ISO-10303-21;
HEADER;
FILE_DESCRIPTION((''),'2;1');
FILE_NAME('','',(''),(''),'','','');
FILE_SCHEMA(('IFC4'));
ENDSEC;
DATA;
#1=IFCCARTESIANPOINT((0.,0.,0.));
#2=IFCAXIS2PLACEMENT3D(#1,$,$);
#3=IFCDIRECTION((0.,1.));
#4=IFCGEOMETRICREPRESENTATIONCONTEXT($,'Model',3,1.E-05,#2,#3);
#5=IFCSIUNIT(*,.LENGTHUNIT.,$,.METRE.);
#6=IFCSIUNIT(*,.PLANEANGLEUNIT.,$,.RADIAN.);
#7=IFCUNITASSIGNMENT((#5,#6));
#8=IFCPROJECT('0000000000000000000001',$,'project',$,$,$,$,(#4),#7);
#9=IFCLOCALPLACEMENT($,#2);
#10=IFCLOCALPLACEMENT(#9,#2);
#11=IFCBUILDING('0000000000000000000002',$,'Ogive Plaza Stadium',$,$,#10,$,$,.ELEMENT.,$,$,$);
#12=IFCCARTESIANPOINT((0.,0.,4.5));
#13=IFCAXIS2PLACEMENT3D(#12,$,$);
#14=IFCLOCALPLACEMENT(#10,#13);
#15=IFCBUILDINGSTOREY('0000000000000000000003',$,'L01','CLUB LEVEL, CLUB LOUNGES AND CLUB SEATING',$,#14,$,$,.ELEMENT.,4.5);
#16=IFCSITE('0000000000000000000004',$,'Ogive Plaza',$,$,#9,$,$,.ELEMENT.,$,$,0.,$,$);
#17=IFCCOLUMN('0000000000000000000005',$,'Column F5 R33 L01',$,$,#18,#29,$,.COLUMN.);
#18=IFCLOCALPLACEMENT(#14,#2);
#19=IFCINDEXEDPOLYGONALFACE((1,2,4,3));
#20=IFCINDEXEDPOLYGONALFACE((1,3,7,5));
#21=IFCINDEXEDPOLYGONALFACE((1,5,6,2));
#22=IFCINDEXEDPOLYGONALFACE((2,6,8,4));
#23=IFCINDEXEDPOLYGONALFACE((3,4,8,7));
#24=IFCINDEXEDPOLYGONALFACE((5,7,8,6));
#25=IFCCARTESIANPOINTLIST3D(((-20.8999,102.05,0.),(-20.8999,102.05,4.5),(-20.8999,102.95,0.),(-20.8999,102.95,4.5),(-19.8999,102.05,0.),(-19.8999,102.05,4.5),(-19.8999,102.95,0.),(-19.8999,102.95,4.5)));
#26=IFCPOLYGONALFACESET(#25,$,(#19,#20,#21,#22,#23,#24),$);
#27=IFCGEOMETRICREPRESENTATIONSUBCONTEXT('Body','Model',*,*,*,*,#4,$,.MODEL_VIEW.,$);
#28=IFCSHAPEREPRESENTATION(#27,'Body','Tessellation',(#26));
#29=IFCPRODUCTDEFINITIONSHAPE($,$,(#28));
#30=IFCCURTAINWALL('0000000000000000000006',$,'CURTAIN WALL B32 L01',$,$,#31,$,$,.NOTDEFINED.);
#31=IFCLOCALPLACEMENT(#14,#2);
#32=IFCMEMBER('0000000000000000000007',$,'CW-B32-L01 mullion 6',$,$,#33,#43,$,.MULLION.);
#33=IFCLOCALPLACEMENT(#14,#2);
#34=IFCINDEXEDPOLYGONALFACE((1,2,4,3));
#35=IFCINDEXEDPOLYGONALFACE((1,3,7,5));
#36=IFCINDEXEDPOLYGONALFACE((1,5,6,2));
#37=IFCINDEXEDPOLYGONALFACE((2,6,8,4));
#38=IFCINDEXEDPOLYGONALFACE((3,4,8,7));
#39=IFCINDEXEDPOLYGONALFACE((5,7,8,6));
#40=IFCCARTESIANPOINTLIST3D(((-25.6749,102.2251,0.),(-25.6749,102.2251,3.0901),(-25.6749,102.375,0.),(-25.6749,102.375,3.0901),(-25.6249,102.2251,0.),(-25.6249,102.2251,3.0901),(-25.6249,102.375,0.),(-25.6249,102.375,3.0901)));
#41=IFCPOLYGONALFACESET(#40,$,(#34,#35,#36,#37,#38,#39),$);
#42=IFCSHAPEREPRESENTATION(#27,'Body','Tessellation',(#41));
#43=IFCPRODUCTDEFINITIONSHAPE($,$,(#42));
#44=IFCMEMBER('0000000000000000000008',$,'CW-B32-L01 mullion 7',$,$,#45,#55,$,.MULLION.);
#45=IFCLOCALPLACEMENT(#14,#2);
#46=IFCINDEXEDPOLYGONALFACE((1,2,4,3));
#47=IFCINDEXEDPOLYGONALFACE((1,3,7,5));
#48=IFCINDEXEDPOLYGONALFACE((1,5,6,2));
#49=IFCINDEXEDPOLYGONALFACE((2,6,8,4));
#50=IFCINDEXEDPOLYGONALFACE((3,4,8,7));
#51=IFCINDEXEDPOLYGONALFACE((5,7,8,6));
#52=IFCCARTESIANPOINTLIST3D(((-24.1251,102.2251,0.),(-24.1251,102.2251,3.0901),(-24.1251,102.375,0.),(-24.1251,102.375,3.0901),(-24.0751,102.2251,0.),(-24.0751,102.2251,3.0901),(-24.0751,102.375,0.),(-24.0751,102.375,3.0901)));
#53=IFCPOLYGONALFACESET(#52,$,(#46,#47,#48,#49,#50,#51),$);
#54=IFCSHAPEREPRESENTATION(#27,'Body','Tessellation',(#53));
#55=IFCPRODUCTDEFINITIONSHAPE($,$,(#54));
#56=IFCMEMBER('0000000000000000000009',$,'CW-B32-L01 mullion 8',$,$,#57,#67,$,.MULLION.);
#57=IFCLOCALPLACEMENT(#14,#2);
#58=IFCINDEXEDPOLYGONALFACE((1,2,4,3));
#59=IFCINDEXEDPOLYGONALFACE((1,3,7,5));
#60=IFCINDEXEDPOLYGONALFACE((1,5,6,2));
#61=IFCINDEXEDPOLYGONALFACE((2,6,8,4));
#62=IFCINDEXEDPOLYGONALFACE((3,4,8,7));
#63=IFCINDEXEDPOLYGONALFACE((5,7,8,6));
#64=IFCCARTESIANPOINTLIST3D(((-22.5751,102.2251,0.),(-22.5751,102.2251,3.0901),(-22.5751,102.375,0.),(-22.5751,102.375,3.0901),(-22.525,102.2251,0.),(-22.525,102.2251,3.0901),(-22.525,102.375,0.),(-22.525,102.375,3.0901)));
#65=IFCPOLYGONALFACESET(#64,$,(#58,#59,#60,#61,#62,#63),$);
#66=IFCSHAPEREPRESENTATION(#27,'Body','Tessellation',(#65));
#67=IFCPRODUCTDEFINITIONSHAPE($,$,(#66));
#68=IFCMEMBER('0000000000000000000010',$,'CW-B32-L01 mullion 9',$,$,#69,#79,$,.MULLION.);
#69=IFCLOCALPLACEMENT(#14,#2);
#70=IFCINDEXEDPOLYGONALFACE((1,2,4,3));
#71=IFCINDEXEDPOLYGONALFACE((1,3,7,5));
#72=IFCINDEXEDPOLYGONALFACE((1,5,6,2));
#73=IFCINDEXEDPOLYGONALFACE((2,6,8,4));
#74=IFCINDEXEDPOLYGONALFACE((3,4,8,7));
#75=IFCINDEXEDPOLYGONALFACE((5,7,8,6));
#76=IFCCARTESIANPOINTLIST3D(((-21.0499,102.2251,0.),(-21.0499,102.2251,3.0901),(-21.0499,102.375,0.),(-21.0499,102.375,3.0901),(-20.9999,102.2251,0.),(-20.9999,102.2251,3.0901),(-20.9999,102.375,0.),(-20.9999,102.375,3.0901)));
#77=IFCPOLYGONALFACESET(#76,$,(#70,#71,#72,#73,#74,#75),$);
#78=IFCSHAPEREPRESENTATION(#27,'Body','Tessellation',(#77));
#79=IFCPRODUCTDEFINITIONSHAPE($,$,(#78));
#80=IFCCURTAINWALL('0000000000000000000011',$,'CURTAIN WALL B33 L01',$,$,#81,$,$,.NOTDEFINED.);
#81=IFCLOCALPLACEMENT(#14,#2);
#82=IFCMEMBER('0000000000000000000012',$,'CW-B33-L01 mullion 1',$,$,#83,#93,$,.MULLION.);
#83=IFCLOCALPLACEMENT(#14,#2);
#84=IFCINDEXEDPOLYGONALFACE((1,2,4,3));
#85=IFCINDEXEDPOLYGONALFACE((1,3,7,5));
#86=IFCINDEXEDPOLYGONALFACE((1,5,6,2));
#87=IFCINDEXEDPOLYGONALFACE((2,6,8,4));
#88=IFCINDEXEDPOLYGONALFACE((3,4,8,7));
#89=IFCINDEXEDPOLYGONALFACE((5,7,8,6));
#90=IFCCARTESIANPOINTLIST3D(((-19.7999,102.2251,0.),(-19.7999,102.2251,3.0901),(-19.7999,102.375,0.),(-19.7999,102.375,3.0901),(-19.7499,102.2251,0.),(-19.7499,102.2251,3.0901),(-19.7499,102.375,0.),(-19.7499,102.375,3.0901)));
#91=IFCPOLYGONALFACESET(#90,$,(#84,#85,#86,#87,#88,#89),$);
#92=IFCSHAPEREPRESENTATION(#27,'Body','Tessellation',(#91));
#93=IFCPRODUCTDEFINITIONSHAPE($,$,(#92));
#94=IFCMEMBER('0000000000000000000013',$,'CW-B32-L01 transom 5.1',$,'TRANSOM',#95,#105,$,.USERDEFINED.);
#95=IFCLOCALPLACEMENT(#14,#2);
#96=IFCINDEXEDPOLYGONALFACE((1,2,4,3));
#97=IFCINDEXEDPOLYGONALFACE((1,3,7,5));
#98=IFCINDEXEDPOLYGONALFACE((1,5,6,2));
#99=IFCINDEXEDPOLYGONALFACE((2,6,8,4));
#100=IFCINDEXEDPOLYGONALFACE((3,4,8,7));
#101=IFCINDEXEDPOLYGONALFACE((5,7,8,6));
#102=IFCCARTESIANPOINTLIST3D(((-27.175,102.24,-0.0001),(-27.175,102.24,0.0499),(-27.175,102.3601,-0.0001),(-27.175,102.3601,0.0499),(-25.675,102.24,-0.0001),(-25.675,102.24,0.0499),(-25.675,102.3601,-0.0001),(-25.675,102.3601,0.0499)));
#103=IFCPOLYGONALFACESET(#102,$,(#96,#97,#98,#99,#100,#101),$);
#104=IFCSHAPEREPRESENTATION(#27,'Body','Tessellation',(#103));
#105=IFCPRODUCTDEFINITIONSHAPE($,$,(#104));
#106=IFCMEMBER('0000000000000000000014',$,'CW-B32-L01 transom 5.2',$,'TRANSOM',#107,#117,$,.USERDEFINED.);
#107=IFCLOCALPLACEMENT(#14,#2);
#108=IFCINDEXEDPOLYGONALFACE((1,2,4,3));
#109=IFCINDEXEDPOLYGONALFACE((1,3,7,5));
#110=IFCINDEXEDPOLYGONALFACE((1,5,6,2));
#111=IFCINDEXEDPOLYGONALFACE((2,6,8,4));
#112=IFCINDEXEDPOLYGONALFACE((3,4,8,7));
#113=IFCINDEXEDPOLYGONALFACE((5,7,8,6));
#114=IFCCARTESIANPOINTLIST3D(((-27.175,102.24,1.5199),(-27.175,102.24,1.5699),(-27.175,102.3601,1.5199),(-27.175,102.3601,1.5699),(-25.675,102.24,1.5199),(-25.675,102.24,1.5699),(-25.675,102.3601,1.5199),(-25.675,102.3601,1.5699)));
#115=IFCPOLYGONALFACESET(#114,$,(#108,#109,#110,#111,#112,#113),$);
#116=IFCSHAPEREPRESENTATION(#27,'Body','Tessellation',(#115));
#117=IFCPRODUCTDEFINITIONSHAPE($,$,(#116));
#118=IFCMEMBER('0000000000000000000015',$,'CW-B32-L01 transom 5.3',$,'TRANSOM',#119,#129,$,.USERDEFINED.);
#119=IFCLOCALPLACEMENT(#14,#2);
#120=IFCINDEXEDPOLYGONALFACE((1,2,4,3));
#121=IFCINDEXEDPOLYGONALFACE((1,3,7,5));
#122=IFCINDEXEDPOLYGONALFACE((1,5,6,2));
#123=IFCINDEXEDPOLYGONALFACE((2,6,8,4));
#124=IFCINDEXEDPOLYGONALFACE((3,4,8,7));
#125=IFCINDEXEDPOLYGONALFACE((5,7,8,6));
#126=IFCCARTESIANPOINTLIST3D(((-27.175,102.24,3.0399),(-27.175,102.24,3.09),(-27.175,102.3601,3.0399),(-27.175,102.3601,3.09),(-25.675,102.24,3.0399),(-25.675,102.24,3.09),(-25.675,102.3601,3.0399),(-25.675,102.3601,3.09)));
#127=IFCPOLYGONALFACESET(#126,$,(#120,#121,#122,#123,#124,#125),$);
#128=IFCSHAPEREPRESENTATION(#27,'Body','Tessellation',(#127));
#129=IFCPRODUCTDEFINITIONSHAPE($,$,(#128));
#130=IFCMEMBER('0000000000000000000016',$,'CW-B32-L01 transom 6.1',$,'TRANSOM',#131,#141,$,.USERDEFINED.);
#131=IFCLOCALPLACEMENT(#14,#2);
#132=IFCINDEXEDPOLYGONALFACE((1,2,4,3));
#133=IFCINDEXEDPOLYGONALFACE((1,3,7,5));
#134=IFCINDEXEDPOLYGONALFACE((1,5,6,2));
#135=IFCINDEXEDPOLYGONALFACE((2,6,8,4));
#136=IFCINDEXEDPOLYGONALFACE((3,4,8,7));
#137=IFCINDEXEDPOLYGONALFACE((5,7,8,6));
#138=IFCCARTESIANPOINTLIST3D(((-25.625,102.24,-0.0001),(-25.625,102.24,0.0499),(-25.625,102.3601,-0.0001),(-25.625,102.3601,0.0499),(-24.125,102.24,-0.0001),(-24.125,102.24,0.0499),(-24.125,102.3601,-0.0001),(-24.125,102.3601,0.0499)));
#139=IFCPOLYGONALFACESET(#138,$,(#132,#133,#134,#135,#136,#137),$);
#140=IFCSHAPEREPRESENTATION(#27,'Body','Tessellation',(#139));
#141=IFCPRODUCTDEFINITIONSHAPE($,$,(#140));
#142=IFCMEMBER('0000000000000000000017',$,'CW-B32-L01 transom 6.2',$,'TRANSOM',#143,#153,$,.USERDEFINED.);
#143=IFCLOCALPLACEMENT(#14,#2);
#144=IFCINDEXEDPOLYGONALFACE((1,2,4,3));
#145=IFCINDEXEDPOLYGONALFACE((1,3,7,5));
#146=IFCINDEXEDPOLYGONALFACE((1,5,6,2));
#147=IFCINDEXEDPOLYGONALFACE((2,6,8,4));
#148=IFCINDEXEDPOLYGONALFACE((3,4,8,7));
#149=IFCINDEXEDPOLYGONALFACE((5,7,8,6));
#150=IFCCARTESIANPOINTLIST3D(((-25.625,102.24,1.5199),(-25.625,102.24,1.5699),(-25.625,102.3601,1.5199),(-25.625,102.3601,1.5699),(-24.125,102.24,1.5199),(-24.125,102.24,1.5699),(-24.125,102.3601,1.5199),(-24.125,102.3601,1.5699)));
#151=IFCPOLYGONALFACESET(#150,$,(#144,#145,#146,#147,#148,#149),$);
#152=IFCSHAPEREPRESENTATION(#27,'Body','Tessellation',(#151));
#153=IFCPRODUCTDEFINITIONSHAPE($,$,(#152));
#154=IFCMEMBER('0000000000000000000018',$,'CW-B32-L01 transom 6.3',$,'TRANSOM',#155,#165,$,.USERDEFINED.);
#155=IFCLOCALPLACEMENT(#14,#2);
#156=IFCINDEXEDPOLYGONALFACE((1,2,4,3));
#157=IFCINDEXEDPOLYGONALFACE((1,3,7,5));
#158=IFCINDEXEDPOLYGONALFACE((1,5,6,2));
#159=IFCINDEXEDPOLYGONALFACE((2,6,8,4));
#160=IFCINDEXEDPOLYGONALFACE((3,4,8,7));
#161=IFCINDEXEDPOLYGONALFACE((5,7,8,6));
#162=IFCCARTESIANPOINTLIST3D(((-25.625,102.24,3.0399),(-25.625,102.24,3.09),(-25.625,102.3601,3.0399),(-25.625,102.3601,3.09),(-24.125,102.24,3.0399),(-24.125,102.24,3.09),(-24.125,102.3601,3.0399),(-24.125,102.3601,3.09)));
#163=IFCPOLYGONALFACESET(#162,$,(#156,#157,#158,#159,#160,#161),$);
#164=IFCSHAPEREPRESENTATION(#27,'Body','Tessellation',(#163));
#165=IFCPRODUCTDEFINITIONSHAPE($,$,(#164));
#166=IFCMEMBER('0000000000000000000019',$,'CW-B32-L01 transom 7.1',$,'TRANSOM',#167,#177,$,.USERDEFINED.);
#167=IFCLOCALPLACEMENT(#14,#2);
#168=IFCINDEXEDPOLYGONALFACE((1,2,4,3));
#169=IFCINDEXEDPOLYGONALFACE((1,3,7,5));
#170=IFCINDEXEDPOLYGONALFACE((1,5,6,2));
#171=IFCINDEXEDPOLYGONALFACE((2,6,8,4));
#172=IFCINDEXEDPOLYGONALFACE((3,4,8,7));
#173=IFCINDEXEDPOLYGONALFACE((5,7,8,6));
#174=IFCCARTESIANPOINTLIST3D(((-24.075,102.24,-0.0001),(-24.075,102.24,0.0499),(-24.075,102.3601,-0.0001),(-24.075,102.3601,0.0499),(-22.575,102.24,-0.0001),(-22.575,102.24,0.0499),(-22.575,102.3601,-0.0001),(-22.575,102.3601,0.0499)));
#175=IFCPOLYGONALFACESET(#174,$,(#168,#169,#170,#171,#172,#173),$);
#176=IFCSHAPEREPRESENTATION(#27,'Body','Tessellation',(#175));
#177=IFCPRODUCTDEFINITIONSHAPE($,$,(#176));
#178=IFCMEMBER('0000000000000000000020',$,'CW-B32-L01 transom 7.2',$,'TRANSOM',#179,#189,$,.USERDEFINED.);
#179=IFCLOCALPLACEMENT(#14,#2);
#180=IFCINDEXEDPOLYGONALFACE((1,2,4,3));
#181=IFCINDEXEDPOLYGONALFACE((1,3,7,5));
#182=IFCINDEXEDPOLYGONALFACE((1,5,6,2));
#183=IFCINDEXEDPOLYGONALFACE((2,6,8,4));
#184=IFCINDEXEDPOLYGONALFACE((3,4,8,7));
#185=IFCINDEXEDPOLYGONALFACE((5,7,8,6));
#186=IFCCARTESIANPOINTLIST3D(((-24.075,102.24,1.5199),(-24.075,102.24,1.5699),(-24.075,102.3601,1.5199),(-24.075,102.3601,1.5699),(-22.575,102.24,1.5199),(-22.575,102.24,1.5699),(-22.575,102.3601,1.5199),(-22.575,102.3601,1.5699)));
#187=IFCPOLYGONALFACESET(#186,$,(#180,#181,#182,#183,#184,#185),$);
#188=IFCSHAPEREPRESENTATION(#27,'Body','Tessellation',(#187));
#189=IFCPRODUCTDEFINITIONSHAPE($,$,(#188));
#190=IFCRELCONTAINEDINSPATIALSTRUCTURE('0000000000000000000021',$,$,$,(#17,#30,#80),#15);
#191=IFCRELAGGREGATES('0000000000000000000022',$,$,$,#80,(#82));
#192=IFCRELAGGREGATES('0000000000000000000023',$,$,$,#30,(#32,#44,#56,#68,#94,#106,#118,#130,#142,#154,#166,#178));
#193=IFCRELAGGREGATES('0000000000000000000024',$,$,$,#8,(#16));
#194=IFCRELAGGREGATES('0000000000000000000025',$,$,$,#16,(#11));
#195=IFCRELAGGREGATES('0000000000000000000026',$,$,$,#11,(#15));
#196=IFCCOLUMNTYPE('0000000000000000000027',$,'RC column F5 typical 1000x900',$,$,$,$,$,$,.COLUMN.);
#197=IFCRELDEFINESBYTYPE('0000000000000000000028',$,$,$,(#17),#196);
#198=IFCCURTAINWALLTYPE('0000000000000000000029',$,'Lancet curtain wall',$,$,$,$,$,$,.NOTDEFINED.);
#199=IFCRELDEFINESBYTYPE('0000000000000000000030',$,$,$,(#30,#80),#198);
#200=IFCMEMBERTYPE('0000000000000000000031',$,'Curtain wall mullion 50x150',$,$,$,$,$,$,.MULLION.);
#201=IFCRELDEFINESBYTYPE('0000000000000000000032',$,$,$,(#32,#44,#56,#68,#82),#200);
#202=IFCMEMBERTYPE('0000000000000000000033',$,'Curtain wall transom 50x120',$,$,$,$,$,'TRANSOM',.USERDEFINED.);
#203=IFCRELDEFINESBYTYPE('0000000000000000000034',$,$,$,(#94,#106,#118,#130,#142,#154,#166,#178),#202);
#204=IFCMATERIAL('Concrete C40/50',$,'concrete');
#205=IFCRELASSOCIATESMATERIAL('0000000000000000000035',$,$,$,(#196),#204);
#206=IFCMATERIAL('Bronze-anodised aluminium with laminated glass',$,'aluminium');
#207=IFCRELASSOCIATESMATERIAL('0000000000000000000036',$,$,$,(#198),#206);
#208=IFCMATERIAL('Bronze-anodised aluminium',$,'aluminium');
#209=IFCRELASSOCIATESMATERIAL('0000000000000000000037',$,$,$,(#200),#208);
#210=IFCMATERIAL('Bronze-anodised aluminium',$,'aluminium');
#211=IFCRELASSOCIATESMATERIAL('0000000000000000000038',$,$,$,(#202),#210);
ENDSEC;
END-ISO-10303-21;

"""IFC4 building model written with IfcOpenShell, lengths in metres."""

from ifc_helpers import new_model, si_unit, direction, frame, origin, origin_2d, place, context, subcontext, project, spatial, rectangle, extrude, material, material_profile, profile_set, type_object, element, aggregate, save


model = new_model("IFC4")

# Units and contexts
model_context = context("Model", 3, precision=1e-05, world=origin(), true_north=direction((0.0, 1.0)))
body_context = subcontext(model_context, "Body", "Model", "MODEL_VIEW")
ifc_project = project(units=[si_unit("LENGTHUNIT", "METRE"), si_unit("PLANEANGLEUNIT", "RADIAN")], contexts=[model_context])

# Site, building, storey
site_placement = place(None, origin())
site = spatial("IfcSite", under=ifc_project, at=site_placement, Name="Ogive Plaza", CompositionType="ELEMENT", RefElevation=0.0)
building_placement = place(site_placement, origin())
building = spatial("IfcBuilding", under=site, at=building_placement, Name="Ogive Plaza Stadium", CompositionType="ELEMENT")
storey_placement = place(building_placement, frame((0.0, 0.0, 4.5)))
storey = spatial("IfcBuildingStorey", under=building, at=storey_placement, Name="L01", Description="CLUB LEVEL, CLUB LOUNGES AND CLUB SEATING", CompositionType="ELEMENT", Elevation=4.5)

# Column
ifc_material_1 = material(Name="Concrete C40/50", Category="concrete")
ifc_material_profile_1 = material_profile(ifc_material_1, rectangle(XDim=1.0, YDim=0.8999, at=origin_2d()), Name="RC 1000x900")
ifc_profile_set_1 = profile_set([ifc_material_profile_1], Name="Concrete C40/50")
column_type = type_object("IfcColumnType", Name="RC column F5 typical 1000x900", PredefinedType="COLUMN", material=ifc_profile_set_1)
column_placement = place(storey_placement, frame((-20.3999, 102.5, 0.0), z_axis=(0.0, 0.0, 1.0), x_axis=(-1.0, 0.0, 0.0)))
element("IfcColumn", 1, at=column_placement, inside=storey, type_object=column_type, Name="Column F5 R33 L01", PredefinedType="COLUMN", context=body_context, shape_type="SweptSolid", body=[
    extrude(rectangle(XDim=1.0, YDim=0.8999, at=origin_2d()), origin(), (0.0, 0.0, 1.0), 4.5),
])

# Curtain wall, members
ifc_material_2 = material(Name="Bronze-anodised aluminium with laminated glass", Category="aluminium")
curtain_wall_type = type_object("IfcCurtainWallType", Name="Lancet curtain wall", PredefinedType="NOTDEFINED", material=ifc_material_2)
curtain_wall_1_placement = place(storey_placement, origin())
curtain_wall_1 = element("IfcCurtainWall", 2, at=curtain_wall_1_placement, inside=storey, type_object=curtain_wall_type, Name="CURTAIN WALL B32 L01", PredefinedType="NOTDEFINED")
ifc_material_3 = material(Name="Bronze-anodised aluminium", Category="aluminium")
ifc_material_profile_2 = material_profile(ifc_material_3, rectangle(XDim=0.1499, YDim=0.05, at=origin_2d()), Name="AL 150x50")
ifc_profile_set_2 = profile_set([ifc_material_profile_2], Name="Bronze-anodised aluminium")
member_type_1 = type_object("IfcMemberType", Name="Curtain wall mullion 50x150", PredefinedType="MULLION", material=ifc_profile_set_2)
member_1_placement = place(storey_placement, frame((-25.6499, 102.3, 0.0), z_axis=(0.0, 0.0, 1.0), x_axis=(0.0, 1.0, 0.0)))
member_1 = element("IfcMember", 3, at=member_1_placement, type_object=member_type_1, Name="CW-B32-L01 mullion 6", PredefinedType="MULLION", context=body_context, shape_type="SweptSolid", body=[
    extrude(rectangle(XDim=0.1499, YDim=0.05, at=origin_2d()), origin(), (0.0, 0.0, 1.0), 3.0901),
])
member_2_placement = place(storey_placement, frame((-24.1001, 102.3, 0.0), z_axis=(0.0, 0.0, 1.0), x_axis=(0.0, 1.0, 0.0)))
member_2 = element("IfcMember", 4, at=member_2_placement, type_object=member_type_1, Name="CW-B32-L01 mullion 7", PredefinedType="MULLION", context=body_context, shape_type="SweptSolid", body=[
    extrude(rectangle(XDim=0.1499, YDim=0.05, at=origin_2d()), origin(), (0.0, 0.0, 1.0), 3.0901),
])
member_3_placement = place(storey_placement, frame((-22.55, 102.3, 0.0), z_axis=(0.0, 0.0, 1.0), x_axis=(0.0, 1.0, 0.0)))
member_3 = element("IfcMember", 5, at=member_3_placement, type_object=member_type_1, Name="CW-B32-L01 mullion 8", PredefinedType="MULLION", context=body_context, shape_type="SweptSolid", body=[
    extrude(rectangle(XDim=0.1499, YDim=0.05, at=origin_2d()), origin(), (0.0, 0.0, 1.0), 3.0901),
])
member_4_placement = place(storey_placement, frame((-21.0249, 102.3, 0.0), z_axis=(0.0, 0.0, 1.0), x_axis=(0.0, 1.0, 0.0)))
member_4 = element("IfcMember", 6, at=member_4_placement, type_object=member_type_1, Name="CW-B32-L01 mullion 9", PredefinedType="MULLION", context=body_context, shape_type="SweptSolid", body=[
    extrude(rectangle(XDim=0.1499, YDim=0.05, at=origin_2d()), origin(), (0.0, 0.0, 1.0), 3.0901),
])

# Curtain wall, member
curtain_wall_2_placement = place(storey_placement, origin())
curtain_wall_2 = element("IfcCurtainWall", 7, at=curtain_wall_2_placement, inside=storey, type_object=curtain_wall_type, Name="CURTAIN WALL B33 L01", PredefinedType="NOTDEFINED")
member_5_placement = place(storey_placement, frame((-19.7749, 102.3, 0.0), z_axis=(0.0, 0.0, 1.0), x_axis=(0.0, 1.0, 0.0)))
member_5 = element("IfcMember", 8, at=member_5_placement, type_object=member_type_1, Name="CW-B33-L01 mullion 1", PredefinedType="MULLION", context=body_context, shape_type="SweptSolid", body=[
    extrude(rectangle(XDim=0.1499, YDim=0.05, at=origin_2d()), origin(), (0.0, 0.0, 1.0), 3.0901),
])

# Members
ifc_material_4 = material(Name="Bronze-anodised aluminium", Category="aluminium")
ifc_material_profile_3 = material_profile(ifc_material_4, rectangle(XDim=0.1201, YDim=0.05, at=origin_2d()), Name="AL 120x50")
ifc_profile_set_3 = profile_set([ifc_material_profile_3], Name="Bronze-anodised aluminium")
member_type_2 = type_object("IfcMemberType", Name="Curtain wall transom 50x120", ElementType="TRANSOM", PredefinedType="USERDEFINED", material=ifc_profile_set_3)
member_6_placement = place(storey_placement, frame((-27.175, 102.3, 0.0249), z_axis=(1.0, 0.0, 0.0), x_axis=(0.0, 1.0, 0.0)))
member_6 = element("IfcMember", 9, at=member_6_placement, type_object=member_type_2, Name="CW-B32-L01 transom 5.1", ObjectType="TRANSOM", PredefinedType="USERDEFINED", context=body_context, shape_type="SweptSolid", body=[
    extrude(rectangle(XDim=0.1201, YDim=0.05, at=origin_2d()), origin(), (0.0, 0.0, 1.0), 1.5),
])
member_7_placement = place(storey_placement, frame((-27.175, 102.3, 1.5449), z_axis=(1.0, 0.0, 0.0), x_axis=(0.0, 1.0, 0.0)))
member_7 = element("IfcMember", 10, at=member_7_placement, type_object=member_type_2, Name="CW-B32-L01 transom 5.2", ObjectType="TRANSOM", PredefinedType="USERDEFINED", context=body_context, shape_type="SweptSolid", body=[
    extrude(rectangle(XDim=0.1201, YDim=0.05, at=origin_2d()), origin(), (0.0, 0.0, 1.0), 1.5),
])
member_8_placement = place(storey_placement, frame((-27.175, 102.3, 3.0649), z_axis=(1.0, 0.0, 0.0), x_axis=(0.0, 1.0, 0.0)))
member_8 = element("IfcMember", 11, at=member_8_placement, type_object=member_type_2, Name="CW-B32-L01 transom 5.3", ObjectType="TRANSOM", PredefinedType="USERDEFINED", context=body_context, shape_type="SweptSolid", body=[
    extrude(rectangle(XDim=0.1201, YDim=0.05, at=origin_2d()), origin(), (0.0, 0.0, 1.0), 1.5),
])
member_9_placement = place(storey_placement, frame((-25.625, 102.3, 0.0249), z_axis=(1.0, 0.0, 0.0), x_axis=(0.0, 1.0, 0.0)))
member_9 = element("IfcMember", 12, at=member_9_placement, type_object=member_type_2, Name="CW-B32-L01 transom 6.1", ObjectType="TRANSOM", PredefinedType="USERDEFINED", context=body_context, shape_type="SweptSolid", body=[
    extrude(rectangle(XDim=0.1201, YDim=0.05, at=origin_2d()), origin(), (0.0, 0.0, 1.0), 1.5),
])
member_10_placement = place(storey_placement, frame((-25.625, 102.3, 1.5449), z_axis=(1.0, 0.0, 0.0), x_axis=(0.0, 1.0, 0.0)))
member_10 = element("IfcMember", 13, at=member_10_placement, type_object=member_type_2, Name="CW-B32-L01 transom 6.2", ObjectType="TRANSOM", PredefinedType="USERDEFINED", context=body_context, shape_type="SweptSolid", body=[
    extrude(rectangle(XDim=0.1201, YDim=0.05, at=origin_2d()), origin(), (0.0, 0.0, 1.0), 1.5),
])
member_11_placement = place(storey_placement, frame((-25.625, 102.3, 3.0649), z_axis=(1.0, 0.0, 0.0), x_axis=(0.0, 1.0, 0.0)))
member_11 = element("IfcMember", 14, at=member_11_placement, type_object=member_type_2, Name="CW-B32-L01 transom 6.3", ObjectType="TRANSOM", PredefinedType="USERDEFINED", context=body_context, shape_type="SweptSolid", body=[
    extrude(rectangle(XDim=0.1201, YDim=0.05, at=origin_2d()), origin(), (0.0, 0.0, 1.0), 1.5),
])
member_12_placement = place(storey_placement, frame((-24.075, 102.3, 0.0249), z_axis=(1.0, 0.0, 0.0), x_axis=(0.0, 1.0, 0.0)))
member_12 = element("IfcMember", 15, at=member_12_placement, type_object=member_type_2, Name="CW-B32-L01 transom 7.1", ObjectType="TRANSOM", PredefinedType="USERDEFINED", context=body_context, shape_type="SweptSolid", body=[
    extrude(rectangle(XDim=0.1201, YDim=0.05, at=origin_2d()), origin(), (0.0, 0.0, 1.0), 1.5),
])
member_13_placement = place(storey_placement, frame((-24.075, 102.3, 1.5449), z_axis=(1.0, 0.0, 0.0), x_axis=(0.0, 1.0, 0.0)))
member_13 = element("IfcMember", 16, at=member_13_placement, type_object=member_type_2, Name="CW-B32-L01 transom 7.2", ObjectType="TRANSOM", PredefinedType="USERDEFINED", context=body_context, shape_type="SweptSolid", body=[
    extrude(rectangle(XDim=0.1201, YDim=0.05, at=origin_2d()), origin(), (0.0, 0.0, 1.0), 1.5),
])
aggregate(curtain_wall_2, [member_5])

aggregate(curtain_wall_1, [member_1, member_2, member_3, member_4, member_6, member_7, member_8, member_9, member_10, member_11, member_12, member_13])

save(model, "model.ifc")
